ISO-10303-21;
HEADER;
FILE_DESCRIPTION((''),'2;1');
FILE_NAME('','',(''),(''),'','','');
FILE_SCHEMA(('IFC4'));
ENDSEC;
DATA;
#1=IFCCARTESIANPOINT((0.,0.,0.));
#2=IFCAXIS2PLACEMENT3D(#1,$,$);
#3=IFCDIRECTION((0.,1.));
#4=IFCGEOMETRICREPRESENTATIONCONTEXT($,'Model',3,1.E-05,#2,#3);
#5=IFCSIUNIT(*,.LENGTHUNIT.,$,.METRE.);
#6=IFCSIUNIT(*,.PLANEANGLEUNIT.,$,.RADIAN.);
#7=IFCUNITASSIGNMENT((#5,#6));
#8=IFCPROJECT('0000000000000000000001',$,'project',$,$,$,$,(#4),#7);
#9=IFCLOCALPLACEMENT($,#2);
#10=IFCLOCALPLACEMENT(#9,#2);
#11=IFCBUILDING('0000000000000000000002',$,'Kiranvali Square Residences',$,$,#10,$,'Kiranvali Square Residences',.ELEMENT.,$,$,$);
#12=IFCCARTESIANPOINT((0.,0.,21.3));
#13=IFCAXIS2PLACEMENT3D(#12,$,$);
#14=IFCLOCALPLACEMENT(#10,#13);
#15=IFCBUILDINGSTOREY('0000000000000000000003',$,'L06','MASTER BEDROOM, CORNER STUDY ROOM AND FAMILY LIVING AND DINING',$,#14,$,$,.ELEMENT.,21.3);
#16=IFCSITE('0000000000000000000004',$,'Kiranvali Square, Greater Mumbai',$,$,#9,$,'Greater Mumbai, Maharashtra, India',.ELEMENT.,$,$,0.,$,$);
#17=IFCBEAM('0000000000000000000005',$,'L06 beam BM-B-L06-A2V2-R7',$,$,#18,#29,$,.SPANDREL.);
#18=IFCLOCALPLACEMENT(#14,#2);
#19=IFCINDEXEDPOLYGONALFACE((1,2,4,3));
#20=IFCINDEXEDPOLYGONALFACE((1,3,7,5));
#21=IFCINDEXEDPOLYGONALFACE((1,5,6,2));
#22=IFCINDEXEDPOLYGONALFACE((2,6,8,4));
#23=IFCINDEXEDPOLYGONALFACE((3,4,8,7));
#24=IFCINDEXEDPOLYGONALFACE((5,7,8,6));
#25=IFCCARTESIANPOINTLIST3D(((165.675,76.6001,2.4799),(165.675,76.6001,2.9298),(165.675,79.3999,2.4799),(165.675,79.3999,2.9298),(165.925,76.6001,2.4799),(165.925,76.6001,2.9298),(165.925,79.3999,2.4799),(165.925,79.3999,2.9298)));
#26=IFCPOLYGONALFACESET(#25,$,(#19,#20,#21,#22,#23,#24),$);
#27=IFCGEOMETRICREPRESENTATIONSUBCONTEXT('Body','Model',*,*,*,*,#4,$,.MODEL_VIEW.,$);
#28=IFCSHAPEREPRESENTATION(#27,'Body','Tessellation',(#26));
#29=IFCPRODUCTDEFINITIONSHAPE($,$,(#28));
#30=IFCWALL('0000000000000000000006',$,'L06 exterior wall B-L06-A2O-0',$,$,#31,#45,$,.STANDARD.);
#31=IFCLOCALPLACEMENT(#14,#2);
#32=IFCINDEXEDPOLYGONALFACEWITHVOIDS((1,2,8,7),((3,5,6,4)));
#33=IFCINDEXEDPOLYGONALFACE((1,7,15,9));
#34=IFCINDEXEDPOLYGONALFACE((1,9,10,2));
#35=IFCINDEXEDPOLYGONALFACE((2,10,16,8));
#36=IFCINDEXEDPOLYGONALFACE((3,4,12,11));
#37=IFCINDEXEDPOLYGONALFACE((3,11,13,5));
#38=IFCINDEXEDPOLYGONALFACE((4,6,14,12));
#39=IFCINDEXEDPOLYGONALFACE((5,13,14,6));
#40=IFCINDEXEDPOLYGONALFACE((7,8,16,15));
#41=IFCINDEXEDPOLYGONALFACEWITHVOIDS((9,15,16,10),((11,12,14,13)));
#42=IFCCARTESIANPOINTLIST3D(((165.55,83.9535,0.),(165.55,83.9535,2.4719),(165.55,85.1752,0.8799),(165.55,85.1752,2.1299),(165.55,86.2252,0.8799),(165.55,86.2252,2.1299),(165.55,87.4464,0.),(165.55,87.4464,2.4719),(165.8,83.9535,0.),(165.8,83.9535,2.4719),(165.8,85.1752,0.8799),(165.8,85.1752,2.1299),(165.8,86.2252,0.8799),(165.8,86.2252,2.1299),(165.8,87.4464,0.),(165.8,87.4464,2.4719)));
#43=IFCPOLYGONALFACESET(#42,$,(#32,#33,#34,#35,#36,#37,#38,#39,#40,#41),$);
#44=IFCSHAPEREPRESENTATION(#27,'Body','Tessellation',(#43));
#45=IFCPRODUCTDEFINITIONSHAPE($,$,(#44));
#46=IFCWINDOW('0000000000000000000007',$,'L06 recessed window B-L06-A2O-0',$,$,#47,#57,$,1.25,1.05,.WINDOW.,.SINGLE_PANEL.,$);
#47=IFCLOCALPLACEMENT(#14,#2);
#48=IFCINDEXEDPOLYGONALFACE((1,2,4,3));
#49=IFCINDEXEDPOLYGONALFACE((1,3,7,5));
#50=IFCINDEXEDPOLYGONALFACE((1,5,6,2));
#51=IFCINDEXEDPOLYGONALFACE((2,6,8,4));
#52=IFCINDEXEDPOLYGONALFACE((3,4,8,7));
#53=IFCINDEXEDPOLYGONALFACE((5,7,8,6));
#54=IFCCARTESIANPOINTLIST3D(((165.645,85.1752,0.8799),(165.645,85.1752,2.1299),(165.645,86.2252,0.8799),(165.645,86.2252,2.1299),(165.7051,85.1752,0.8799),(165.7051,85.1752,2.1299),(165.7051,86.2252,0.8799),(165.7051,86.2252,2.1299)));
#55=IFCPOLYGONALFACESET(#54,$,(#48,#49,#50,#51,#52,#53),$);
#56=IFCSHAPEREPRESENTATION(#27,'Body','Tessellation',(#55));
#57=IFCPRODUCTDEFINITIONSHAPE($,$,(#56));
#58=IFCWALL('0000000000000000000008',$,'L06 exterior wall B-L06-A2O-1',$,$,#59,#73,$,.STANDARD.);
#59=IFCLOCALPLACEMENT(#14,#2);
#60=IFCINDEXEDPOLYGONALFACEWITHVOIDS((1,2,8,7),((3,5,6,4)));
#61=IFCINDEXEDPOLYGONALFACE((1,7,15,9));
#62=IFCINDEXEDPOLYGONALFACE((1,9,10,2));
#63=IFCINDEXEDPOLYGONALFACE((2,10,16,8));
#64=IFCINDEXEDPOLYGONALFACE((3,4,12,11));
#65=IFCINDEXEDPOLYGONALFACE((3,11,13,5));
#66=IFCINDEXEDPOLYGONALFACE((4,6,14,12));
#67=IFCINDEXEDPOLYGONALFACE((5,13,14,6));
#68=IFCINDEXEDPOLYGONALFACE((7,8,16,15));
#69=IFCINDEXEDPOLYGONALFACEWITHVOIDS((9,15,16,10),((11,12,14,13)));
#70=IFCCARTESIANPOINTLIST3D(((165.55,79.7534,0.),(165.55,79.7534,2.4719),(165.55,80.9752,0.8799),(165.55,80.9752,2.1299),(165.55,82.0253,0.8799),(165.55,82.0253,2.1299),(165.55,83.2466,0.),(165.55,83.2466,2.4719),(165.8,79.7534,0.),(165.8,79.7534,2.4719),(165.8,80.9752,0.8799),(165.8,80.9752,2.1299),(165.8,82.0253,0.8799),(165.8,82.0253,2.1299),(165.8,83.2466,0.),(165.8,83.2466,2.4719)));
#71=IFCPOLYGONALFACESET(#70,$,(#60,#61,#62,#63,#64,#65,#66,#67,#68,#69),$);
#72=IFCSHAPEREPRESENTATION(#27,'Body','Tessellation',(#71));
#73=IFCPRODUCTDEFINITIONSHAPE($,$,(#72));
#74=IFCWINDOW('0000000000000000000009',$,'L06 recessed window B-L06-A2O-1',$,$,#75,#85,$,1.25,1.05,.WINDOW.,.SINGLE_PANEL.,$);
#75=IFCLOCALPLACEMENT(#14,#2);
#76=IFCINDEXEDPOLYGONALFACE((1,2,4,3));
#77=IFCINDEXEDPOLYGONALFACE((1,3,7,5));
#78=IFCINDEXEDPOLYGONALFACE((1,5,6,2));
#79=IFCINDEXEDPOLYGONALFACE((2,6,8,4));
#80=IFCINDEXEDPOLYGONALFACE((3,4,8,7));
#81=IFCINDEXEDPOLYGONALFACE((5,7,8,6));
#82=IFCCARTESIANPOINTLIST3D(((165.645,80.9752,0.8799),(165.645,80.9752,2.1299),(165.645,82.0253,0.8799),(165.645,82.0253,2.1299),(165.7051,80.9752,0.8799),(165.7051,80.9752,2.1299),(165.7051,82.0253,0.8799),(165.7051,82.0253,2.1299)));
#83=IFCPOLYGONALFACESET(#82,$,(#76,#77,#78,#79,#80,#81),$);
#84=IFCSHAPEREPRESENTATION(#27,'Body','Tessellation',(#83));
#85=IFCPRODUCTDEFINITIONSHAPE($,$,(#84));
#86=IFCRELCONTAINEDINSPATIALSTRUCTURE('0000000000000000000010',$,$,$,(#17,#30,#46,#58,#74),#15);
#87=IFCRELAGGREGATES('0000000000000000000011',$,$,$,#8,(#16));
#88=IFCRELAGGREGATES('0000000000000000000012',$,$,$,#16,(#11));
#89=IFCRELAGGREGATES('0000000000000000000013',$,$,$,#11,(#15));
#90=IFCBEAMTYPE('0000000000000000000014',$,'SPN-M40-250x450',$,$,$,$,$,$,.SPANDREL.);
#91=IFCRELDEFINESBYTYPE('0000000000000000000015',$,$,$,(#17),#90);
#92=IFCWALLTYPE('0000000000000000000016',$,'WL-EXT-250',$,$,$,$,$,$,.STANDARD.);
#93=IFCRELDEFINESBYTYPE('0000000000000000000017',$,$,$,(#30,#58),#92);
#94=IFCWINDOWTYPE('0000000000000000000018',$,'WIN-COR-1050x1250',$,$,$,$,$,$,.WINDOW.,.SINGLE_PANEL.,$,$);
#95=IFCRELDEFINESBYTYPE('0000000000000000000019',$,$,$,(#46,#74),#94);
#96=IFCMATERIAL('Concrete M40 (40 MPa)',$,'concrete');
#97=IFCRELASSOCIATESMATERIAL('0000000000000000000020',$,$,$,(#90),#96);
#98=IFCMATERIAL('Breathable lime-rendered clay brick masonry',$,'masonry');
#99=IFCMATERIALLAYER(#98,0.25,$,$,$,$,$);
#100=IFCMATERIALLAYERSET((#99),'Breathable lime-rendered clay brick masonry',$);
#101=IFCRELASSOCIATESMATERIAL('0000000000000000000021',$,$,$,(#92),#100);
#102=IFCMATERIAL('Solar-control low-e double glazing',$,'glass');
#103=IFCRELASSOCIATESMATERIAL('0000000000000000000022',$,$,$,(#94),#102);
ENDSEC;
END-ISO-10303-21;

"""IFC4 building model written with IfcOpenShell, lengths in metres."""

from ifc_helpers import new_model, si_unit, direction, frame, frame_2d, origin, origin_2d, place, context, subcontext, project, spatial, rectangle, extrude, material, layer, layer_set, material_profile, profile_set, type_object, element, fill, save


model = new_model("IFC4")

# Units and contexts
model_context = context("Model", 3, precision=1e-05, world=origin(), true_north=direction((0.0, 1.0)))
body_context = subcontext(model_context, "Body", "Model", "MODEL_VIEW")
ifc_project = project(units=[si_unit("LENGTHUNIT", "METRE"), si_unit("PLANEANGLEUNIT", "RADIAN")], contexts=[model_context])

# Site, building, storey
site_placement = place(None, origin())
site = spatial("IfcSite", under=ifc_project, at=site_placement, Name="Kiranvali Square, Greater Mumbai", LongName="Greater Mumbai, Maharashtra, India", CompositionType="ELEMENT", RefElevation=0.0)
building_placement = place(site_placement, origin())
building = spatial("IfcBuilding", under=site, at=building_placement, Name="Kiranvali Square Residences", LongName="Kiranvali Square Residences", CompositionType="ELEMENT")
storey_placement = place(building_placement, frame((0.0, 0.0, 21.3)))
storey = spatial("IfcBuildingStorey", under=building, at=storey_placement, Name="L06", Description="MASTER BEDROOM, CORNER STUDY ROOM AND FAMILY LIVING AND DINING", CompositionType="ELEMENT", Elevation=21.3)

# Beam
ifc_material_1 = material(Name="Concrete M40 (40 MPa)", Category="concrete")
ifc_material_profile_1 = material_profile(ifc_material_1, rectangle(XDim=0.25, YDim=0.45, at=origin_2d()), Name="RC 250x450")
ifc_profile_set_1 = profile_set([ifc_material_profile_1], Name="Concrete M40 (40 MPa)")
beam_type_1 = type_object("IfcBeamType", Name="SPN-M40-250x450", PredefinedType="SPANDREL", material=ifc_profile_set_1)
beam_1_placement = place(storey_placement, frame((165.8, 79.3999, 2.7048), z_axis=(0.0, -1.0, 0.0), x_axis=(1.0, 0.0, 0.0)))
element("IfcBeam", 1, at=beam_1_placement, inside=storey, type_object=beam_type_1, Name="L06 beam BM-B-L06-A2V2-R7", PredefinedType="SPANDREL", context=body_context, shape_type="SweptSolid", body=[
    extrude(rectangle(XDim=0.25, YDim=0.45, at=origin_2d()), origin(), (0.0, 0.0, 1.0), 2.7998),
])

# Walls, openings, windows
ifc_material_2 = material(Name="Breathable lime-rendered clay brick masonry", Category="masonry")
ifc_layer = layer(ifc_material_2, 0.25)
ifc_layer_set = layer_set([ifc_layer], Name="Breathable lime-rendered clay brick masonry")
wall_type = type_object("IfcWallType", Name="WL-EXT-250", PredefinedType="STANDARD", material=ifc_layer_set)
wall_1_placement = place(storey_placement, frame((165.675, 87.4465, 0.0), z_axis=(0.0, 0.0, 1.0), x_axis=(0.0, -1.0, 0.0)))
wall_1 = element("IfcWall", 2, at=wall_1_placement, inside=storey, type_object=wall_type, Name="L06 exterior wall B-L06-A2O-0", PredefinedType="STANDARD", context=body_context, shape_type="SweptSolid", body=[
    extrude(rectangle(XDim=3.4929, YDim=0.25, at=frame_2d((1.7466, 0.0))), origin(), (0.0, 0.0, 1.0), 2.4719),
])
opening_1_placement = place(wall_1_placement, frame((1.2214, 0.0, 0.8799)))
opening_1 = element("IfcOpeningElement", 3, at=opening_1_placement, cuts=wall_1, PredefinedType="OPENING", context=body_context, shape_type="SweptSolid", body=[
    extrude(rectangle(XDim=1.05, YDim=1.25, at=frame_2d((0.5249, 0.625))), frame((0.0, 0.135, 0.0), z_axis=(0.0, -1.0, 0.0), x_axis=(1.0, 0.0, 0.0)), (0.0, 0.0, 1.0), 0.27),
])
ifc_material_3 = material(Name="Solar-control low-e double glazing", Category="glass")
window_type = type_object("IfcWindowType", Name="WIN-COR-1050x1250", PartitioningType="SINGLE_PANEL", PredefinedType="WINDOW", material=ifc_material_3)
window_1_placement = place(opening_1_placement, origin())
window_1 = element("IfcWindow", 4, at=window_1_placement, inside=storey, type_object=window_type, Name="L06 recessed window B-L06-A2O-0", OverallHeight=1.25, OverallWidth=1.05, PartitioningType="SINGLE_PANEL", PredefinedType="WINDOW", context=body_context, shape_type="SweptSolid", body=[
    extrude(rectangle(XDim=1.05, YDim=1.25, at=frame_2d((0.5249, 0.625))), frame((0.0, 0.03, 0.0), z_axis=(0.0, -1.0, 0.0), x_axis=(1.0, 0.0, 0.0)), (0.0, 0.0, 1.0), 0.0601),
])
fill(opening_1, window_1)
wall_2_placement = place(storey_placement, frame((165.675, 83.2466, 0.0), z_axis=(0.0, 0.0, 1.0), x_axis=(0.0, -1.0, 0.0)))
wall_2 = element("IfcWall", 5, at=wall_2_placement, inside=storey, type_object=wall_type, Name="L06 exterior wall B-L06-A2O-1", PredefinedType="STANDARD", context=body_context, shape_type="SweptSolid", body=[
    extrude(rectangle(XDim=3.4932, YDim=0.25, at=frame_2d((1.7466, 0.0))), origin(), (0.0, 0.0, 1.0), 2.4719),
])
opening_2_placement = place(wall_2_placement, frame((1.2214, 0.0, 0.8799)))
opening_2 = element("IfcOpeningElement", 6, at=opening_2_placement, cuts=wall_2, PredefinedType="OPENING", context=body_context, shape_type="SweptSolid", body=[
    extrude(rectangle(XDim=1.05, YDim=1.25, at=frame_2d((0.5249, 0.625))), frame((0.0, 0.135, 0.0), z_axis=(0.0, -1.0, 0.0), x_axis=(1.0, 0.0, 0.0)), (0.0, 0.0, 1.0), 0.27),
])
window_2_placement = place(opening_2_placement, origin())
window_2 = element("IfcWindow", 7, at=window_2_placement, inside=storey, type_object=window_type, Name="L06 recessed window B-L06-A2O-1", OverallHeight=1.25, OverallWidth=1.05, PartitioningType="SINGLE_PANEL", PredefinedType="WINDOW", context=body_context, shape_type="SweptSolid", body=[
    extrude(rectangle(XDim=1.05, YDim=1.25, at=frame_2d((0.5249, 0.625))), frame((0.0, 0.03, 0.0), z_axis=(0.0, -1.0, 0.0), x_axis=(1.0, 0.0, 0.0)), (0.0, 0.0, 1.0), 0.0601),
])
fill(opening_2, window_2)

save(model, "model.ifc")
